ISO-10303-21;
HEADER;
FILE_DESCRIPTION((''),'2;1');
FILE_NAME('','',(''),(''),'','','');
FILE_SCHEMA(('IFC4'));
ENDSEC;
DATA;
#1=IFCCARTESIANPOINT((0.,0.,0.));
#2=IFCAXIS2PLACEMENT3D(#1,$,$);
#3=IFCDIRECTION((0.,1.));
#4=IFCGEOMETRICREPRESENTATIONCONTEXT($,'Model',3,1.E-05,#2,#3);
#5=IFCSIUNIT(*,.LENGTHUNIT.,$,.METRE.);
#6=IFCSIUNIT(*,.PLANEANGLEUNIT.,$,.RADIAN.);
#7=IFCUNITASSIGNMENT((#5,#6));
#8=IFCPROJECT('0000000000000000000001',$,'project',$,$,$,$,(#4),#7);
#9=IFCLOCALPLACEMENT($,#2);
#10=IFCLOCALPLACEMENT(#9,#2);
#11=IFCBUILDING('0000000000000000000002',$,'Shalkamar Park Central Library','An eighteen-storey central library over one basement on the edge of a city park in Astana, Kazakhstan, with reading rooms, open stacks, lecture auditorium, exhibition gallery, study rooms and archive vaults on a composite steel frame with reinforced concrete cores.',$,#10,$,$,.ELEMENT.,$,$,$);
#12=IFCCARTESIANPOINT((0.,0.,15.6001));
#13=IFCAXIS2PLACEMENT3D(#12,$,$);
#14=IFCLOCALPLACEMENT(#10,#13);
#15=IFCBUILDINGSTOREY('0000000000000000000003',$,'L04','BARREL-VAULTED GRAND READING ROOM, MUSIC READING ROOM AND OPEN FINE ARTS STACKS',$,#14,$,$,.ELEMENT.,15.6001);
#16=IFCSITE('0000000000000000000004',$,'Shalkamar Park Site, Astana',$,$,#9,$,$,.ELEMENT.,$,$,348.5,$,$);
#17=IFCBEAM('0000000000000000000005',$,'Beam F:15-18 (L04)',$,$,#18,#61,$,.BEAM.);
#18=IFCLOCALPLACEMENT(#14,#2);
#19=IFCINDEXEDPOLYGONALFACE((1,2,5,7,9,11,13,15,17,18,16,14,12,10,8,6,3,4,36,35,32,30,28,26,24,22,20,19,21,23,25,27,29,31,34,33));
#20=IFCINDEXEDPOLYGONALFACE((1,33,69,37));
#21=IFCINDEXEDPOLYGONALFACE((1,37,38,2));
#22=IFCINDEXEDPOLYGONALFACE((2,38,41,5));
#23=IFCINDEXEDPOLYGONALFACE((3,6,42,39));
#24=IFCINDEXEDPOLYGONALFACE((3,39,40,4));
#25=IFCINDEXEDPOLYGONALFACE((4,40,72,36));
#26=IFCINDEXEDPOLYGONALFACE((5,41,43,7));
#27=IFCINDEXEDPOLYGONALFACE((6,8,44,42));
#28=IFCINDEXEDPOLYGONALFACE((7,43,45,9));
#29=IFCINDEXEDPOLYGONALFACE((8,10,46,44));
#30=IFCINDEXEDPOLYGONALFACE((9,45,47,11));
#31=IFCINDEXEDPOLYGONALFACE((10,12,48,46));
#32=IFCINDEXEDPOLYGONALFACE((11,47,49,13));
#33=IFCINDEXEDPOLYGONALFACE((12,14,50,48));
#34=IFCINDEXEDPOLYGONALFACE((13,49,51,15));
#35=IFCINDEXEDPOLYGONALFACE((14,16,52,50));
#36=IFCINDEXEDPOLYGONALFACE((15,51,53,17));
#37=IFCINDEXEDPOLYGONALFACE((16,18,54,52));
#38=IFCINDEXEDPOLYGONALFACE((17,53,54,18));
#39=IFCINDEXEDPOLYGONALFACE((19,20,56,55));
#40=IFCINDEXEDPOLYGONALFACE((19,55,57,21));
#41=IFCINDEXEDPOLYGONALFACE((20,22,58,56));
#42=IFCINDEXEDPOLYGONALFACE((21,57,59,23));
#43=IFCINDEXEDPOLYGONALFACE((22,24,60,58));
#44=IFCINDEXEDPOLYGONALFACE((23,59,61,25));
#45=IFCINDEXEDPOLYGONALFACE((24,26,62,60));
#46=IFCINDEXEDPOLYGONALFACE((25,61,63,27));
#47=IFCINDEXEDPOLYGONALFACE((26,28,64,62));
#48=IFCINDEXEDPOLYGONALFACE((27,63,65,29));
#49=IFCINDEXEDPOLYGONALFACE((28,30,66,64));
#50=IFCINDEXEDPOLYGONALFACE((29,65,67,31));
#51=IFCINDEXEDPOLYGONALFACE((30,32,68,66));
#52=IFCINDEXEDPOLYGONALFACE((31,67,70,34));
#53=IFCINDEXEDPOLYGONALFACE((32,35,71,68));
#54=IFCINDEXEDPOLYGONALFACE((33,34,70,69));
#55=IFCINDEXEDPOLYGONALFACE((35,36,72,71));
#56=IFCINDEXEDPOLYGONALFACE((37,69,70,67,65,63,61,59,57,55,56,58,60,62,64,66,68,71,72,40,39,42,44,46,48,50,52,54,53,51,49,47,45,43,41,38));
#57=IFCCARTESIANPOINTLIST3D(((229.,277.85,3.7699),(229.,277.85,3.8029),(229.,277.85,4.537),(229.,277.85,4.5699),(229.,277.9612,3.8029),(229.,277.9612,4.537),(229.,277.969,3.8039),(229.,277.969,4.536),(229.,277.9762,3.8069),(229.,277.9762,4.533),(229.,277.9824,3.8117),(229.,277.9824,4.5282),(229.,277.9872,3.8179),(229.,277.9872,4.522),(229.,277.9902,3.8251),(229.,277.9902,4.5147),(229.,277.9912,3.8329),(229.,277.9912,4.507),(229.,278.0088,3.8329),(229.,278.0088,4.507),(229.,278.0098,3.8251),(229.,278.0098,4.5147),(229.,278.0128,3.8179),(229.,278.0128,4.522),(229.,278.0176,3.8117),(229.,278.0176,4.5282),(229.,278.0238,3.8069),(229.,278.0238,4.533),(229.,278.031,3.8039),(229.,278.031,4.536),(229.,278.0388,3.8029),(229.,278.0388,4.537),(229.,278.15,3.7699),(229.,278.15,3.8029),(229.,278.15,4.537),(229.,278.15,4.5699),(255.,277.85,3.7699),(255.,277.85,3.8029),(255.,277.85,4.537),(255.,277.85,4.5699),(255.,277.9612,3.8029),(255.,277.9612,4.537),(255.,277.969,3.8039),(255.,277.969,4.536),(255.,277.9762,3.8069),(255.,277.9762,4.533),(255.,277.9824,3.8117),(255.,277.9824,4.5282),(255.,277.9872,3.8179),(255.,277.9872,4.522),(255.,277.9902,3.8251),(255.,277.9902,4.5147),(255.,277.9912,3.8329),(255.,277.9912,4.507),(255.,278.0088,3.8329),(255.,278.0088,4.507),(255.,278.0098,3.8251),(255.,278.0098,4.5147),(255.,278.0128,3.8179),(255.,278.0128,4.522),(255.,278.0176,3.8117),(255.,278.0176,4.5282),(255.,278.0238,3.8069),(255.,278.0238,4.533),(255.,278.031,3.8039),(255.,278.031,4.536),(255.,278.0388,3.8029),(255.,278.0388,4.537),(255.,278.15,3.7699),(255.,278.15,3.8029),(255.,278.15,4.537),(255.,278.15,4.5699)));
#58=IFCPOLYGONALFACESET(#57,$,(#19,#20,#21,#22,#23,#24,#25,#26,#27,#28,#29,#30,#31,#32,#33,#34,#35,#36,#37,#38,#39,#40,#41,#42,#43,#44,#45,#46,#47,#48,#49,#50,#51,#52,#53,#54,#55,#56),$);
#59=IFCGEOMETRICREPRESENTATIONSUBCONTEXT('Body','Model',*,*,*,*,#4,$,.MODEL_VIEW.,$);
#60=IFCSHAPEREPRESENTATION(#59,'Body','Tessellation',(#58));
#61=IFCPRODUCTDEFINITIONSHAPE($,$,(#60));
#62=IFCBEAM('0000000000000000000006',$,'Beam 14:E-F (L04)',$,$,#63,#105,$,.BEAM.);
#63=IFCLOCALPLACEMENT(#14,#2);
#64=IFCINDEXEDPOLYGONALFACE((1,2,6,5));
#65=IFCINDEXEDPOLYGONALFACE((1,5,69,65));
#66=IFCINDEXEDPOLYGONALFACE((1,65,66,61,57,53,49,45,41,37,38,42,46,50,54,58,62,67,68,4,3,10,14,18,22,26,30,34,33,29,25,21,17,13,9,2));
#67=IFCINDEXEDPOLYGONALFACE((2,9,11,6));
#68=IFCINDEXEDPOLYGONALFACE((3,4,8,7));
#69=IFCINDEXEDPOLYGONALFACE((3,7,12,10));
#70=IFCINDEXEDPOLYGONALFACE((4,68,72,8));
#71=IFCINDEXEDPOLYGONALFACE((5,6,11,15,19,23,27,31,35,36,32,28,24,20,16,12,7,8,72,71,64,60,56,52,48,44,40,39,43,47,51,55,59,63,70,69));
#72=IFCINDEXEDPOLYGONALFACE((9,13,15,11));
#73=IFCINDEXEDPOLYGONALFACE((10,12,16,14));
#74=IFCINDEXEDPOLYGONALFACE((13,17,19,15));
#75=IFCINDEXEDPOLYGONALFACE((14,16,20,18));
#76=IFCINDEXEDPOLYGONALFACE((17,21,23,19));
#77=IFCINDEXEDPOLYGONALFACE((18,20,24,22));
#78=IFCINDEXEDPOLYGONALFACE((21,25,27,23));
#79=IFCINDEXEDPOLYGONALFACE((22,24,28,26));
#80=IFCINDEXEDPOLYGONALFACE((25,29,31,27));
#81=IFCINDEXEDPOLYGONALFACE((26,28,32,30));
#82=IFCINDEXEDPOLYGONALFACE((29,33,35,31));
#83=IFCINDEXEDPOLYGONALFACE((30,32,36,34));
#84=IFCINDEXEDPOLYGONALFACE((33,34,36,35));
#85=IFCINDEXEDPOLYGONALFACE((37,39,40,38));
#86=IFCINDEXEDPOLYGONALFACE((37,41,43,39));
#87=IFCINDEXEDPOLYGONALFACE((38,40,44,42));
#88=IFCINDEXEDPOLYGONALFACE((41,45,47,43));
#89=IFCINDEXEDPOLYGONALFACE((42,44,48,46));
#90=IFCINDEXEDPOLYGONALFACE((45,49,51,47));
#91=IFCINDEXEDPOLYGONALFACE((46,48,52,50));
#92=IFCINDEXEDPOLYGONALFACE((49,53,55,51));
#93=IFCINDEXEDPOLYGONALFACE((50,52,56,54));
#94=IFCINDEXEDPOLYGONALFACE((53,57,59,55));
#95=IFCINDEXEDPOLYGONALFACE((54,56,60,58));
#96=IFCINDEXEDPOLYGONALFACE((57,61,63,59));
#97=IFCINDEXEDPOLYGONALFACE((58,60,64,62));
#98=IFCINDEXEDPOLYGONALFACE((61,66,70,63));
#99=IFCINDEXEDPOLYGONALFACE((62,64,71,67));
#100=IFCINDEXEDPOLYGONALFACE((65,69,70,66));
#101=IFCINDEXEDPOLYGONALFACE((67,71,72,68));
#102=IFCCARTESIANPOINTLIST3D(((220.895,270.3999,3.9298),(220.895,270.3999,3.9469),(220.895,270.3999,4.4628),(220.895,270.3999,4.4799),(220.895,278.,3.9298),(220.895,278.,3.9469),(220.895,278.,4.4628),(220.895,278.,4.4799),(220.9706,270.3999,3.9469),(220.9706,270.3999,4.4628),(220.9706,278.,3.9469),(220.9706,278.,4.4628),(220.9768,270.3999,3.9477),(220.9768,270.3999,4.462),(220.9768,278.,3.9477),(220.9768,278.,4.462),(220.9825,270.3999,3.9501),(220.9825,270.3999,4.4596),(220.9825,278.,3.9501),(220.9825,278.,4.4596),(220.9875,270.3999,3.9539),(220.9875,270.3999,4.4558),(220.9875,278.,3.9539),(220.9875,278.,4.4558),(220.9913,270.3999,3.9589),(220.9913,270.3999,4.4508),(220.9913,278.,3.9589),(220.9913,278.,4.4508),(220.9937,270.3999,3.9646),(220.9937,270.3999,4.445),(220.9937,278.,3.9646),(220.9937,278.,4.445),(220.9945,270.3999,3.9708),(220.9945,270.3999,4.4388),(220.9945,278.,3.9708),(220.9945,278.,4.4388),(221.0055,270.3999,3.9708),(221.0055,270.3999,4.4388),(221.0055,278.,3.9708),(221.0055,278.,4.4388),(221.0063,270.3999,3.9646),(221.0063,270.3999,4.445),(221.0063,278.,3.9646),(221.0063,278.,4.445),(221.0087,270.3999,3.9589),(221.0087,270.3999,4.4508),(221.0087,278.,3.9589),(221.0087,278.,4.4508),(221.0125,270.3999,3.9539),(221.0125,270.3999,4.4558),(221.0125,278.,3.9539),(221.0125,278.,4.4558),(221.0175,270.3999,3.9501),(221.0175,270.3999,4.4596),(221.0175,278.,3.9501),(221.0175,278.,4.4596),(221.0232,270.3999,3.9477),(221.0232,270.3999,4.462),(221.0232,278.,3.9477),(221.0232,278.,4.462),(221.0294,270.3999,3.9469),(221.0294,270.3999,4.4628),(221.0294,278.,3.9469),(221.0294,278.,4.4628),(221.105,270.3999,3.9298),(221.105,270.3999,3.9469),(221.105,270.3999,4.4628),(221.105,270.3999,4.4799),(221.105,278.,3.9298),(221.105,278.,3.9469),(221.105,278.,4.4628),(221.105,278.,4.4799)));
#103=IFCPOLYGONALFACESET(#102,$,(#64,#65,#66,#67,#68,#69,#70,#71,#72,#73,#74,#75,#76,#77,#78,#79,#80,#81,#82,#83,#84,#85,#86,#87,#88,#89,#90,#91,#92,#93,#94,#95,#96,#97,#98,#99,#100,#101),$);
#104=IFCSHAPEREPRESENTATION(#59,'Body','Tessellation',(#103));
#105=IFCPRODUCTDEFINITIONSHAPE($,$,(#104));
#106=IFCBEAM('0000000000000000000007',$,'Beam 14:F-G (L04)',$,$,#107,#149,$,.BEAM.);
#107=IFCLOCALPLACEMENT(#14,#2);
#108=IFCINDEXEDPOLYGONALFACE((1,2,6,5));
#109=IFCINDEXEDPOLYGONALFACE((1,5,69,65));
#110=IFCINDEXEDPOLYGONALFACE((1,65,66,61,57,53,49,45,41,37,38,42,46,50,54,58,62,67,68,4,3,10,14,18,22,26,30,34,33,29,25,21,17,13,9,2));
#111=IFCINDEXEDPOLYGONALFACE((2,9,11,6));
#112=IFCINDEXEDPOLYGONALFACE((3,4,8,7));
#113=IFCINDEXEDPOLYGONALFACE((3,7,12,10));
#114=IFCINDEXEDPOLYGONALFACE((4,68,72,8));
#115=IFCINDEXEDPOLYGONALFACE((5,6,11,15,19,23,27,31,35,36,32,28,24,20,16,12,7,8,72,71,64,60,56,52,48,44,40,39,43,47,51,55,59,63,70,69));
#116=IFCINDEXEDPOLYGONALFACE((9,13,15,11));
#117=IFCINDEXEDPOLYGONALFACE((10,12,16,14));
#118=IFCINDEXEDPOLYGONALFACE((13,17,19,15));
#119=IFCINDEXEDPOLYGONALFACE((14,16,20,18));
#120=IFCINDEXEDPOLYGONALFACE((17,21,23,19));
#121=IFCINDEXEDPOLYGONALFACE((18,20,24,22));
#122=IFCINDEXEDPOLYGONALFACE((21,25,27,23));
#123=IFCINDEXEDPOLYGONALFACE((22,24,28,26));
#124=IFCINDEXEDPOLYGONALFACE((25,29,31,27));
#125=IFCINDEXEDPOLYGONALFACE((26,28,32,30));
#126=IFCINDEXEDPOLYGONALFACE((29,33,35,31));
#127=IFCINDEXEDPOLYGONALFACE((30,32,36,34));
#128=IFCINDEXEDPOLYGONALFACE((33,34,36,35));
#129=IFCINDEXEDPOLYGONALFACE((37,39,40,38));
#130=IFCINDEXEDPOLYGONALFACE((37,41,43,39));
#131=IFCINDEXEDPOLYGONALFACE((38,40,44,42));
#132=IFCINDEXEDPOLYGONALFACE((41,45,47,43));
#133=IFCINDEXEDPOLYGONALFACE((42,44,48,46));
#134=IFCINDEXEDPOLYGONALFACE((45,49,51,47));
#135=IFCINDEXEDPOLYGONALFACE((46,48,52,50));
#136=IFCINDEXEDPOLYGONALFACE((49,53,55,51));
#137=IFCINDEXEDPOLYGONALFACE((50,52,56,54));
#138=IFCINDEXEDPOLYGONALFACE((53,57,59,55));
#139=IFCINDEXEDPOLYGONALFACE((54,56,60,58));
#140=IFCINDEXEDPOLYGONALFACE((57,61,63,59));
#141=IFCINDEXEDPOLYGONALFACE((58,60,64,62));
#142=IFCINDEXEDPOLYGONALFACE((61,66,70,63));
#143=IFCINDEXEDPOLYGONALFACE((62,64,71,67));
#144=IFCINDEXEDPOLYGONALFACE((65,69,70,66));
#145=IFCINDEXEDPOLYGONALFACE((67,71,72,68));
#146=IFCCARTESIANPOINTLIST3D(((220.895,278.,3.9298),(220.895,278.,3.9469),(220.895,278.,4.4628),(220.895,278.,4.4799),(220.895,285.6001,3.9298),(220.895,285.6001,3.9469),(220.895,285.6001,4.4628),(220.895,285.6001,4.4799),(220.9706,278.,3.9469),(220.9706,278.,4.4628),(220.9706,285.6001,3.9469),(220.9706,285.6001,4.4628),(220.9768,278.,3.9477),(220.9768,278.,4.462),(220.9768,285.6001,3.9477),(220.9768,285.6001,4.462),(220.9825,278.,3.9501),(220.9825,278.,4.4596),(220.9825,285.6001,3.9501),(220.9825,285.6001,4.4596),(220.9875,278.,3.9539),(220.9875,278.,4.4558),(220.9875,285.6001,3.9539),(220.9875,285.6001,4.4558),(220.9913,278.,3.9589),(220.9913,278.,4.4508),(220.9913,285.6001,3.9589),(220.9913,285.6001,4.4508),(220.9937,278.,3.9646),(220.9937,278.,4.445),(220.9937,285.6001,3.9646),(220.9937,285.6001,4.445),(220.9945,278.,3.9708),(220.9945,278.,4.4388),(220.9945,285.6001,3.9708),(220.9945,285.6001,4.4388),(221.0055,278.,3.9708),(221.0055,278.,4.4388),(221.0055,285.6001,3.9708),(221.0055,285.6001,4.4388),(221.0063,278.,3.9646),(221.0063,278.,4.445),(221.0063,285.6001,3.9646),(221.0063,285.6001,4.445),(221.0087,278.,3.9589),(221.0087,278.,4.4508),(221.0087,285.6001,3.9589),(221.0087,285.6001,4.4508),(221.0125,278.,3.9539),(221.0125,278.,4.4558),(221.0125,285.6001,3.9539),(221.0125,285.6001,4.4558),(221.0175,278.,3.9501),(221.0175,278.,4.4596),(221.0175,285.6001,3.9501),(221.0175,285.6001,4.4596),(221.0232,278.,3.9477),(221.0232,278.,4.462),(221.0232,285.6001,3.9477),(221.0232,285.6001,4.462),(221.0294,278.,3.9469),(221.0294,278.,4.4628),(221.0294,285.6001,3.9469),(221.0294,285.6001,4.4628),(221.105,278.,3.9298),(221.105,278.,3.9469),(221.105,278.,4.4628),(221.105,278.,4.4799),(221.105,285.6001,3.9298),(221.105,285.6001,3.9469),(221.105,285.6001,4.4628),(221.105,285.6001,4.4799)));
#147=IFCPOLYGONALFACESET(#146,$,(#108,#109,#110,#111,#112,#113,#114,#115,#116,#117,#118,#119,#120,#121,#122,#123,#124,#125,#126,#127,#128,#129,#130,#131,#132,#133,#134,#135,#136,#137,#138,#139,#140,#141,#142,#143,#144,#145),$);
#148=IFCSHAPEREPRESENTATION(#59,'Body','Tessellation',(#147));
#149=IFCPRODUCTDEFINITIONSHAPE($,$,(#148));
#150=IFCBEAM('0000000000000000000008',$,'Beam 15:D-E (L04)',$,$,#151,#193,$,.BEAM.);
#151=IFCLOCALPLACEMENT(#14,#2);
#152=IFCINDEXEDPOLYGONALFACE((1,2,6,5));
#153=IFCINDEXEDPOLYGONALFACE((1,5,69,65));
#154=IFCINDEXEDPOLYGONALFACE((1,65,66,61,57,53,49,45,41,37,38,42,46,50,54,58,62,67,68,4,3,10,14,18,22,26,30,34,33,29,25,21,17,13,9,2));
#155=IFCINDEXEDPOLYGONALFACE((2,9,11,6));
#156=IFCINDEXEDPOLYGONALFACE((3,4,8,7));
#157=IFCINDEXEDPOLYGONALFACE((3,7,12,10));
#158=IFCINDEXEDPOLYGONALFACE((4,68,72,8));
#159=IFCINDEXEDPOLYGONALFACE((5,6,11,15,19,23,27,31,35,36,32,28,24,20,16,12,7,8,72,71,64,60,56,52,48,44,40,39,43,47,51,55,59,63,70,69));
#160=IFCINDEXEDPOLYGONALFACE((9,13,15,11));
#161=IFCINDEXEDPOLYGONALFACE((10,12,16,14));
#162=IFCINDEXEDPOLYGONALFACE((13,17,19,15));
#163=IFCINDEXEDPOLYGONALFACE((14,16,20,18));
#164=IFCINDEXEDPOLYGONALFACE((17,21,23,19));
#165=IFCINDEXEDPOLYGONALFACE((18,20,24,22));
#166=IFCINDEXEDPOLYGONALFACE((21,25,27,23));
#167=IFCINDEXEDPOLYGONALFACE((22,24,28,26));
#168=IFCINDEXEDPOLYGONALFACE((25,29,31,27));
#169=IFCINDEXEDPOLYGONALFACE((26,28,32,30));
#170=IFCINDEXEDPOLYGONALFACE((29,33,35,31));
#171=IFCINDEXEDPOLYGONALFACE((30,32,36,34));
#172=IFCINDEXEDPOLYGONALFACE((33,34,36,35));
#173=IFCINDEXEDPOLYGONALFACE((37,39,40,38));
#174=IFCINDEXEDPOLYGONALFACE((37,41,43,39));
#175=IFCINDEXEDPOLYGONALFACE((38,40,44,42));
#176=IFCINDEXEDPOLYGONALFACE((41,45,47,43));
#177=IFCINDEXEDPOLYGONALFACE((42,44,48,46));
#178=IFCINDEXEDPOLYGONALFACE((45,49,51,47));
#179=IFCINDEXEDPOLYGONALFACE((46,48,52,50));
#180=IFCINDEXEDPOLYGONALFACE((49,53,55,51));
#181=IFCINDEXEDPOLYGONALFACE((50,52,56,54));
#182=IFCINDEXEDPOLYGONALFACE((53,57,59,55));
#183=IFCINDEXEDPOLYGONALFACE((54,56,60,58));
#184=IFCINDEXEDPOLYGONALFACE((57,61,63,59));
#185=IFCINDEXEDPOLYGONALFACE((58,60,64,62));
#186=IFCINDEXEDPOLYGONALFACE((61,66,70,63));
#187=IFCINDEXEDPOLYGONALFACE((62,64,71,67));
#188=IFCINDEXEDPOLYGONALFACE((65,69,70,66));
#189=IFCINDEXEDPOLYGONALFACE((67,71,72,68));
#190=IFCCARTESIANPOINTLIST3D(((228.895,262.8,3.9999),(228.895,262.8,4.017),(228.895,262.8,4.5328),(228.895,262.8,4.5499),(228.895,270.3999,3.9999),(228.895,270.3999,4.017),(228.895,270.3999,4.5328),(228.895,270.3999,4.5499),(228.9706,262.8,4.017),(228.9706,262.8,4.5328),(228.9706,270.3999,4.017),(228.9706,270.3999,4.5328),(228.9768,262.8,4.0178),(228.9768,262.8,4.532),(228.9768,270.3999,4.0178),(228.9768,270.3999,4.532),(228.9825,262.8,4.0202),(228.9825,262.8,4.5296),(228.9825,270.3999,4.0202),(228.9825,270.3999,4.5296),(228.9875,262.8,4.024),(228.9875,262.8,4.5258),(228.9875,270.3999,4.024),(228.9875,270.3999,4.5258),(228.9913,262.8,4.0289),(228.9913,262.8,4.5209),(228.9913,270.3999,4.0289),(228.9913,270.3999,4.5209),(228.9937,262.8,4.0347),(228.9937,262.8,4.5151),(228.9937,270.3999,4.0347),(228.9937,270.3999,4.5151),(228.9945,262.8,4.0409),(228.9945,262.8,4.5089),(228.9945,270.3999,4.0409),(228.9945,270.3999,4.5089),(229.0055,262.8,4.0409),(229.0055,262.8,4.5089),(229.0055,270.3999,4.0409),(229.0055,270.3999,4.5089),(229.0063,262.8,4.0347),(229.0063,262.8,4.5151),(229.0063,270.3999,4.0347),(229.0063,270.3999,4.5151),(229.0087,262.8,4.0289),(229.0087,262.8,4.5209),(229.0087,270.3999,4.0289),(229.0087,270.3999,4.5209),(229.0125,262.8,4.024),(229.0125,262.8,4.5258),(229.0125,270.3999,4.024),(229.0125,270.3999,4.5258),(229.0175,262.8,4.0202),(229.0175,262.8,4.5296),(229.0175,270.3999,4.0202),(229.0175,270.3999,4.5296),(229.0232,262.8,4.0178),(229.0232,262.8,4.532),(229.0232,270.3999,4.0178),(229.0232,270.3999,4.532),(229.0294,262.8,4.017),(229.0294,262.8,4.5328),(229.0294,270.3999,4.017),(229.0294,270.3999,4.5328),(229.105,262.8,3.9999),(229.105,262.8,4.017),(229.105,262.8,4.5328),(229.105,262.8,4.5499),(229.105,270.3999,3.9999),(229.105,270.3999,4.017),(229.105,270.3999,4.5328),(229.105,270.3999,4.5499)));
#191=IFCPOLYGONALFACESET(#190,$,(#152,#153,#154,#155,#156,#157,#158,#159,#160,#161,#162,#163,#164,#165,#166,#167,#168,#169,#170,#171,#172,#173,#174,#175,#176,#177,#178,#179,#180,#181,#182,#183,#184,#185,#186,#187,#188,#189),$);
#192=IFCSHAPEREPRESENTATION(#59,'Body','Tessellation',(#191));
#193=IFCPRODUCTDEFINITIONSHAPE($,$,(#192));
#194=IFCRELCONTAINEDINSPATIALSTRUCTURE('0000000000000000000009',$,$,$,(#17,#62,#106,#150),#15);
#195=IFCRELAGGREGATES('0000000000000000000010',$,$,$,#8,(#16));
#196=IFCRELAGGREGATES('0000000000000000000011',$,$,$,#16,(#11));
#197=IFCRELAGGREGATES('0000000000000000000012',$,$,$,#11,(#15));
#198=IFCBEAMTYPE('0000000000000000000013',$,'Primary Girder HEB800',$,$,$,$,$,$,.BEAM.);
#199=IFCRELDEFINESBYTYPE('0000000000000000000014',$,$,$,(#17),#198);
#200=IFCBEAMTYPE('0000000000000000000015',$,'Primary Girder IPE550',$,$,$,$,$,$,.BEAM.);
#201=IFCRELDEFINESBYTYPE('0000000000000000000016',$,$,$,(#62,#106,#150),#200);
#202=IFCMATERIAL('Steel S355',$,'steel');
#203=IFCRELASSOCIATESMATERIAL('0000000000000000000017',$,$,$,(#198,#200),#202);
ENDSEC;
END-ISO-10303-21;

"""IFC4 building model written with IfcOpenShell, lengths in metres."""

from ifc_helpers import new_model, si_unit, direction, frame, origin, origin_2d, place, context, subcontext, project, spatial, i_section, extrude, material, material_profile, profile_set, type_object, element, save


model = new_model("IFC4")

# Units and contexts
model_context = context("Model", 3, precision=1e-05, world=origin(), true_north=direction((0.0, 1.0)))
body_context = subcontext(model_context, "Body", "Model", "MODEL_VIEW")
ifc_project = project(units=[si_unit("LENGTHUNIT", "METRE"), si_unit("PLANEANGLEUNIT", "RADIAN")], contexts=[model_context])

# Site, building, storey
site_placement = place(None, origin())
site = spatial("IfcSite", under=ifc_project, at=site_placement, Name="Shalkamar Park Site, Astana", CompositionType="ELEMENT", RefElevation=348.5)
building_placement = place(site_placement, origin())
building = spatial("IfcBuilding", under=site, at=building_placement, Name="Shalkamar Park Central Library", Description="An eighteen-storey central library over one basement on the edge of a city park in Astana, Kazakhstan, with reading rooms, open stacks, lecture auditorium, exhibition gallery, study rooms and archive vaults on a composite steel frame with reinforced concrete cores.", CompositionType="ELEMENT")
storey_placement = place(building_placement, frame((0.0, 0.0, 15.6001)))
storey = spatial("IfcBuildingStorey", under=building, at=storey_placement, Name="L04", Description="BARREL-VAULTED GRAND READING ROOM, MUSIC READING ROOM AND OPEN FINE ARTS STACKS", CompositionType="ELEMENT", Elevation=15.6001)

# Shared definitions
ifc_material_1 = material(Name="Steel S355", Category="steel")

# Beams
ifc_material_profile_1 = material_profile(ifc_material_1, i_section(OverallWidth=0.3, OverallDepth=0.8, WebThickness=0.0176, FlangeThickness=0.033, FilletRadius=0.03, at=origin_2d()), Name="HEB 800")
ifc_profile_set_1 = profile_set([ifc_material_profile_1], Name="Steel S355")
beam_type_1 = type_object("IfcBeamType", Name="Primary Girder HEB800", PredefinedType="BEAM", material=ifc_profile_set_1)
beam_1_placement = place(storey_placement, frame((229.0, 278.0, 4.1699), z_axis=(1.0, 0.0, 0.0), x_axis=(0.0, 1.0, 0.0)))
element("IfcBeam", 1, at=beam_1_placement, inside=storey, type_object=beam_type_1, Name="Beam F:15-18 (L04)", PredefinedType="BEAM", context=body_context, shape_type="SweptSolid", body=[
    extrude(i_section(OverallWidth=0.3, OverallDepth=0.8, WebThickness=0.0176, FlangeThickness=0.033, FilletRadius=0.03, at=origin_2d()), origin(), (0.0, 0.0, 1.0), 26.0),
])
ifc_material_profile_2 = material_profile(ifc_material_1, i_section(OverallWidth=0.21, OverallDepth=0.55, WebThickness=0.011, FlangeThickness=0.0171, FilletRadius=0.0239, at=origin_2d()), Name="IPE 550")
ifc_profile_set_2 = profile_set([ifc_material_profile_2], Name="Steel S355")
beam_type_2 = type_object("IfcBeamType", Name="Primary Girder IPE550", PredefinedType="BEAM", material=ifc_profile_set_2)
for number, where, z_axis, x_axis, name in (
    (2, (221.0, 270.3999, 4.2048), (0.0, 1.0, 0.0), (-1.0, 0.0, 0.0), "Beam 14:E-F (L04)"),
    (3, (221.0, 278.0, 4.2048), (0.0, 1.0, 0.0), (-1.0, 0.0, 0.0), "Beam 14:F-G (L04)"),
):
    element("IfcBeam", number, at=place(storey_placement, frame(where, z_axis=z_axis, x_axis=x_axis)), inside=storey, type_object=beam_type_2, Name=name, PredefinedType="BEAM", context=body_context, shape_type="SweptSolid", body=[
        extrude(i_section(OverallWidth=0.21, OverallDepth=0.55, WebThickness=0.011, FlangeThickness=0.0171, FilletRadius=0.0239, at=origin_2d()), origin(), (0.0, 0.0, 1.0), 7.6001),
    ])
beam_2_placement = place(storey_placement, frame((229.0, 262.8, 4.2749), z_axis=(0.0, 1.0, 0.0), x_axis=(-1.0, 0.0, 0.0)))
element("IfcBeam", 4, at=beam_2_placement, inside=storey, type_object=beam_type_2, Name="Beam 15:D-E (L04)", PredefinedType="BEAM", context=body_context, shape_type="SweptSolid", body=[
    extrude(i_section(OverallWidth=0.21, OverallDepth=0.55, WebThickness=0.011, FlangeThickness=0.0171, FilletRadius=0.0239, at=origin_2d()), origin(), (0.0, 0.0, 1.0), 7.5999),
])

save(model, "model.ifc")
